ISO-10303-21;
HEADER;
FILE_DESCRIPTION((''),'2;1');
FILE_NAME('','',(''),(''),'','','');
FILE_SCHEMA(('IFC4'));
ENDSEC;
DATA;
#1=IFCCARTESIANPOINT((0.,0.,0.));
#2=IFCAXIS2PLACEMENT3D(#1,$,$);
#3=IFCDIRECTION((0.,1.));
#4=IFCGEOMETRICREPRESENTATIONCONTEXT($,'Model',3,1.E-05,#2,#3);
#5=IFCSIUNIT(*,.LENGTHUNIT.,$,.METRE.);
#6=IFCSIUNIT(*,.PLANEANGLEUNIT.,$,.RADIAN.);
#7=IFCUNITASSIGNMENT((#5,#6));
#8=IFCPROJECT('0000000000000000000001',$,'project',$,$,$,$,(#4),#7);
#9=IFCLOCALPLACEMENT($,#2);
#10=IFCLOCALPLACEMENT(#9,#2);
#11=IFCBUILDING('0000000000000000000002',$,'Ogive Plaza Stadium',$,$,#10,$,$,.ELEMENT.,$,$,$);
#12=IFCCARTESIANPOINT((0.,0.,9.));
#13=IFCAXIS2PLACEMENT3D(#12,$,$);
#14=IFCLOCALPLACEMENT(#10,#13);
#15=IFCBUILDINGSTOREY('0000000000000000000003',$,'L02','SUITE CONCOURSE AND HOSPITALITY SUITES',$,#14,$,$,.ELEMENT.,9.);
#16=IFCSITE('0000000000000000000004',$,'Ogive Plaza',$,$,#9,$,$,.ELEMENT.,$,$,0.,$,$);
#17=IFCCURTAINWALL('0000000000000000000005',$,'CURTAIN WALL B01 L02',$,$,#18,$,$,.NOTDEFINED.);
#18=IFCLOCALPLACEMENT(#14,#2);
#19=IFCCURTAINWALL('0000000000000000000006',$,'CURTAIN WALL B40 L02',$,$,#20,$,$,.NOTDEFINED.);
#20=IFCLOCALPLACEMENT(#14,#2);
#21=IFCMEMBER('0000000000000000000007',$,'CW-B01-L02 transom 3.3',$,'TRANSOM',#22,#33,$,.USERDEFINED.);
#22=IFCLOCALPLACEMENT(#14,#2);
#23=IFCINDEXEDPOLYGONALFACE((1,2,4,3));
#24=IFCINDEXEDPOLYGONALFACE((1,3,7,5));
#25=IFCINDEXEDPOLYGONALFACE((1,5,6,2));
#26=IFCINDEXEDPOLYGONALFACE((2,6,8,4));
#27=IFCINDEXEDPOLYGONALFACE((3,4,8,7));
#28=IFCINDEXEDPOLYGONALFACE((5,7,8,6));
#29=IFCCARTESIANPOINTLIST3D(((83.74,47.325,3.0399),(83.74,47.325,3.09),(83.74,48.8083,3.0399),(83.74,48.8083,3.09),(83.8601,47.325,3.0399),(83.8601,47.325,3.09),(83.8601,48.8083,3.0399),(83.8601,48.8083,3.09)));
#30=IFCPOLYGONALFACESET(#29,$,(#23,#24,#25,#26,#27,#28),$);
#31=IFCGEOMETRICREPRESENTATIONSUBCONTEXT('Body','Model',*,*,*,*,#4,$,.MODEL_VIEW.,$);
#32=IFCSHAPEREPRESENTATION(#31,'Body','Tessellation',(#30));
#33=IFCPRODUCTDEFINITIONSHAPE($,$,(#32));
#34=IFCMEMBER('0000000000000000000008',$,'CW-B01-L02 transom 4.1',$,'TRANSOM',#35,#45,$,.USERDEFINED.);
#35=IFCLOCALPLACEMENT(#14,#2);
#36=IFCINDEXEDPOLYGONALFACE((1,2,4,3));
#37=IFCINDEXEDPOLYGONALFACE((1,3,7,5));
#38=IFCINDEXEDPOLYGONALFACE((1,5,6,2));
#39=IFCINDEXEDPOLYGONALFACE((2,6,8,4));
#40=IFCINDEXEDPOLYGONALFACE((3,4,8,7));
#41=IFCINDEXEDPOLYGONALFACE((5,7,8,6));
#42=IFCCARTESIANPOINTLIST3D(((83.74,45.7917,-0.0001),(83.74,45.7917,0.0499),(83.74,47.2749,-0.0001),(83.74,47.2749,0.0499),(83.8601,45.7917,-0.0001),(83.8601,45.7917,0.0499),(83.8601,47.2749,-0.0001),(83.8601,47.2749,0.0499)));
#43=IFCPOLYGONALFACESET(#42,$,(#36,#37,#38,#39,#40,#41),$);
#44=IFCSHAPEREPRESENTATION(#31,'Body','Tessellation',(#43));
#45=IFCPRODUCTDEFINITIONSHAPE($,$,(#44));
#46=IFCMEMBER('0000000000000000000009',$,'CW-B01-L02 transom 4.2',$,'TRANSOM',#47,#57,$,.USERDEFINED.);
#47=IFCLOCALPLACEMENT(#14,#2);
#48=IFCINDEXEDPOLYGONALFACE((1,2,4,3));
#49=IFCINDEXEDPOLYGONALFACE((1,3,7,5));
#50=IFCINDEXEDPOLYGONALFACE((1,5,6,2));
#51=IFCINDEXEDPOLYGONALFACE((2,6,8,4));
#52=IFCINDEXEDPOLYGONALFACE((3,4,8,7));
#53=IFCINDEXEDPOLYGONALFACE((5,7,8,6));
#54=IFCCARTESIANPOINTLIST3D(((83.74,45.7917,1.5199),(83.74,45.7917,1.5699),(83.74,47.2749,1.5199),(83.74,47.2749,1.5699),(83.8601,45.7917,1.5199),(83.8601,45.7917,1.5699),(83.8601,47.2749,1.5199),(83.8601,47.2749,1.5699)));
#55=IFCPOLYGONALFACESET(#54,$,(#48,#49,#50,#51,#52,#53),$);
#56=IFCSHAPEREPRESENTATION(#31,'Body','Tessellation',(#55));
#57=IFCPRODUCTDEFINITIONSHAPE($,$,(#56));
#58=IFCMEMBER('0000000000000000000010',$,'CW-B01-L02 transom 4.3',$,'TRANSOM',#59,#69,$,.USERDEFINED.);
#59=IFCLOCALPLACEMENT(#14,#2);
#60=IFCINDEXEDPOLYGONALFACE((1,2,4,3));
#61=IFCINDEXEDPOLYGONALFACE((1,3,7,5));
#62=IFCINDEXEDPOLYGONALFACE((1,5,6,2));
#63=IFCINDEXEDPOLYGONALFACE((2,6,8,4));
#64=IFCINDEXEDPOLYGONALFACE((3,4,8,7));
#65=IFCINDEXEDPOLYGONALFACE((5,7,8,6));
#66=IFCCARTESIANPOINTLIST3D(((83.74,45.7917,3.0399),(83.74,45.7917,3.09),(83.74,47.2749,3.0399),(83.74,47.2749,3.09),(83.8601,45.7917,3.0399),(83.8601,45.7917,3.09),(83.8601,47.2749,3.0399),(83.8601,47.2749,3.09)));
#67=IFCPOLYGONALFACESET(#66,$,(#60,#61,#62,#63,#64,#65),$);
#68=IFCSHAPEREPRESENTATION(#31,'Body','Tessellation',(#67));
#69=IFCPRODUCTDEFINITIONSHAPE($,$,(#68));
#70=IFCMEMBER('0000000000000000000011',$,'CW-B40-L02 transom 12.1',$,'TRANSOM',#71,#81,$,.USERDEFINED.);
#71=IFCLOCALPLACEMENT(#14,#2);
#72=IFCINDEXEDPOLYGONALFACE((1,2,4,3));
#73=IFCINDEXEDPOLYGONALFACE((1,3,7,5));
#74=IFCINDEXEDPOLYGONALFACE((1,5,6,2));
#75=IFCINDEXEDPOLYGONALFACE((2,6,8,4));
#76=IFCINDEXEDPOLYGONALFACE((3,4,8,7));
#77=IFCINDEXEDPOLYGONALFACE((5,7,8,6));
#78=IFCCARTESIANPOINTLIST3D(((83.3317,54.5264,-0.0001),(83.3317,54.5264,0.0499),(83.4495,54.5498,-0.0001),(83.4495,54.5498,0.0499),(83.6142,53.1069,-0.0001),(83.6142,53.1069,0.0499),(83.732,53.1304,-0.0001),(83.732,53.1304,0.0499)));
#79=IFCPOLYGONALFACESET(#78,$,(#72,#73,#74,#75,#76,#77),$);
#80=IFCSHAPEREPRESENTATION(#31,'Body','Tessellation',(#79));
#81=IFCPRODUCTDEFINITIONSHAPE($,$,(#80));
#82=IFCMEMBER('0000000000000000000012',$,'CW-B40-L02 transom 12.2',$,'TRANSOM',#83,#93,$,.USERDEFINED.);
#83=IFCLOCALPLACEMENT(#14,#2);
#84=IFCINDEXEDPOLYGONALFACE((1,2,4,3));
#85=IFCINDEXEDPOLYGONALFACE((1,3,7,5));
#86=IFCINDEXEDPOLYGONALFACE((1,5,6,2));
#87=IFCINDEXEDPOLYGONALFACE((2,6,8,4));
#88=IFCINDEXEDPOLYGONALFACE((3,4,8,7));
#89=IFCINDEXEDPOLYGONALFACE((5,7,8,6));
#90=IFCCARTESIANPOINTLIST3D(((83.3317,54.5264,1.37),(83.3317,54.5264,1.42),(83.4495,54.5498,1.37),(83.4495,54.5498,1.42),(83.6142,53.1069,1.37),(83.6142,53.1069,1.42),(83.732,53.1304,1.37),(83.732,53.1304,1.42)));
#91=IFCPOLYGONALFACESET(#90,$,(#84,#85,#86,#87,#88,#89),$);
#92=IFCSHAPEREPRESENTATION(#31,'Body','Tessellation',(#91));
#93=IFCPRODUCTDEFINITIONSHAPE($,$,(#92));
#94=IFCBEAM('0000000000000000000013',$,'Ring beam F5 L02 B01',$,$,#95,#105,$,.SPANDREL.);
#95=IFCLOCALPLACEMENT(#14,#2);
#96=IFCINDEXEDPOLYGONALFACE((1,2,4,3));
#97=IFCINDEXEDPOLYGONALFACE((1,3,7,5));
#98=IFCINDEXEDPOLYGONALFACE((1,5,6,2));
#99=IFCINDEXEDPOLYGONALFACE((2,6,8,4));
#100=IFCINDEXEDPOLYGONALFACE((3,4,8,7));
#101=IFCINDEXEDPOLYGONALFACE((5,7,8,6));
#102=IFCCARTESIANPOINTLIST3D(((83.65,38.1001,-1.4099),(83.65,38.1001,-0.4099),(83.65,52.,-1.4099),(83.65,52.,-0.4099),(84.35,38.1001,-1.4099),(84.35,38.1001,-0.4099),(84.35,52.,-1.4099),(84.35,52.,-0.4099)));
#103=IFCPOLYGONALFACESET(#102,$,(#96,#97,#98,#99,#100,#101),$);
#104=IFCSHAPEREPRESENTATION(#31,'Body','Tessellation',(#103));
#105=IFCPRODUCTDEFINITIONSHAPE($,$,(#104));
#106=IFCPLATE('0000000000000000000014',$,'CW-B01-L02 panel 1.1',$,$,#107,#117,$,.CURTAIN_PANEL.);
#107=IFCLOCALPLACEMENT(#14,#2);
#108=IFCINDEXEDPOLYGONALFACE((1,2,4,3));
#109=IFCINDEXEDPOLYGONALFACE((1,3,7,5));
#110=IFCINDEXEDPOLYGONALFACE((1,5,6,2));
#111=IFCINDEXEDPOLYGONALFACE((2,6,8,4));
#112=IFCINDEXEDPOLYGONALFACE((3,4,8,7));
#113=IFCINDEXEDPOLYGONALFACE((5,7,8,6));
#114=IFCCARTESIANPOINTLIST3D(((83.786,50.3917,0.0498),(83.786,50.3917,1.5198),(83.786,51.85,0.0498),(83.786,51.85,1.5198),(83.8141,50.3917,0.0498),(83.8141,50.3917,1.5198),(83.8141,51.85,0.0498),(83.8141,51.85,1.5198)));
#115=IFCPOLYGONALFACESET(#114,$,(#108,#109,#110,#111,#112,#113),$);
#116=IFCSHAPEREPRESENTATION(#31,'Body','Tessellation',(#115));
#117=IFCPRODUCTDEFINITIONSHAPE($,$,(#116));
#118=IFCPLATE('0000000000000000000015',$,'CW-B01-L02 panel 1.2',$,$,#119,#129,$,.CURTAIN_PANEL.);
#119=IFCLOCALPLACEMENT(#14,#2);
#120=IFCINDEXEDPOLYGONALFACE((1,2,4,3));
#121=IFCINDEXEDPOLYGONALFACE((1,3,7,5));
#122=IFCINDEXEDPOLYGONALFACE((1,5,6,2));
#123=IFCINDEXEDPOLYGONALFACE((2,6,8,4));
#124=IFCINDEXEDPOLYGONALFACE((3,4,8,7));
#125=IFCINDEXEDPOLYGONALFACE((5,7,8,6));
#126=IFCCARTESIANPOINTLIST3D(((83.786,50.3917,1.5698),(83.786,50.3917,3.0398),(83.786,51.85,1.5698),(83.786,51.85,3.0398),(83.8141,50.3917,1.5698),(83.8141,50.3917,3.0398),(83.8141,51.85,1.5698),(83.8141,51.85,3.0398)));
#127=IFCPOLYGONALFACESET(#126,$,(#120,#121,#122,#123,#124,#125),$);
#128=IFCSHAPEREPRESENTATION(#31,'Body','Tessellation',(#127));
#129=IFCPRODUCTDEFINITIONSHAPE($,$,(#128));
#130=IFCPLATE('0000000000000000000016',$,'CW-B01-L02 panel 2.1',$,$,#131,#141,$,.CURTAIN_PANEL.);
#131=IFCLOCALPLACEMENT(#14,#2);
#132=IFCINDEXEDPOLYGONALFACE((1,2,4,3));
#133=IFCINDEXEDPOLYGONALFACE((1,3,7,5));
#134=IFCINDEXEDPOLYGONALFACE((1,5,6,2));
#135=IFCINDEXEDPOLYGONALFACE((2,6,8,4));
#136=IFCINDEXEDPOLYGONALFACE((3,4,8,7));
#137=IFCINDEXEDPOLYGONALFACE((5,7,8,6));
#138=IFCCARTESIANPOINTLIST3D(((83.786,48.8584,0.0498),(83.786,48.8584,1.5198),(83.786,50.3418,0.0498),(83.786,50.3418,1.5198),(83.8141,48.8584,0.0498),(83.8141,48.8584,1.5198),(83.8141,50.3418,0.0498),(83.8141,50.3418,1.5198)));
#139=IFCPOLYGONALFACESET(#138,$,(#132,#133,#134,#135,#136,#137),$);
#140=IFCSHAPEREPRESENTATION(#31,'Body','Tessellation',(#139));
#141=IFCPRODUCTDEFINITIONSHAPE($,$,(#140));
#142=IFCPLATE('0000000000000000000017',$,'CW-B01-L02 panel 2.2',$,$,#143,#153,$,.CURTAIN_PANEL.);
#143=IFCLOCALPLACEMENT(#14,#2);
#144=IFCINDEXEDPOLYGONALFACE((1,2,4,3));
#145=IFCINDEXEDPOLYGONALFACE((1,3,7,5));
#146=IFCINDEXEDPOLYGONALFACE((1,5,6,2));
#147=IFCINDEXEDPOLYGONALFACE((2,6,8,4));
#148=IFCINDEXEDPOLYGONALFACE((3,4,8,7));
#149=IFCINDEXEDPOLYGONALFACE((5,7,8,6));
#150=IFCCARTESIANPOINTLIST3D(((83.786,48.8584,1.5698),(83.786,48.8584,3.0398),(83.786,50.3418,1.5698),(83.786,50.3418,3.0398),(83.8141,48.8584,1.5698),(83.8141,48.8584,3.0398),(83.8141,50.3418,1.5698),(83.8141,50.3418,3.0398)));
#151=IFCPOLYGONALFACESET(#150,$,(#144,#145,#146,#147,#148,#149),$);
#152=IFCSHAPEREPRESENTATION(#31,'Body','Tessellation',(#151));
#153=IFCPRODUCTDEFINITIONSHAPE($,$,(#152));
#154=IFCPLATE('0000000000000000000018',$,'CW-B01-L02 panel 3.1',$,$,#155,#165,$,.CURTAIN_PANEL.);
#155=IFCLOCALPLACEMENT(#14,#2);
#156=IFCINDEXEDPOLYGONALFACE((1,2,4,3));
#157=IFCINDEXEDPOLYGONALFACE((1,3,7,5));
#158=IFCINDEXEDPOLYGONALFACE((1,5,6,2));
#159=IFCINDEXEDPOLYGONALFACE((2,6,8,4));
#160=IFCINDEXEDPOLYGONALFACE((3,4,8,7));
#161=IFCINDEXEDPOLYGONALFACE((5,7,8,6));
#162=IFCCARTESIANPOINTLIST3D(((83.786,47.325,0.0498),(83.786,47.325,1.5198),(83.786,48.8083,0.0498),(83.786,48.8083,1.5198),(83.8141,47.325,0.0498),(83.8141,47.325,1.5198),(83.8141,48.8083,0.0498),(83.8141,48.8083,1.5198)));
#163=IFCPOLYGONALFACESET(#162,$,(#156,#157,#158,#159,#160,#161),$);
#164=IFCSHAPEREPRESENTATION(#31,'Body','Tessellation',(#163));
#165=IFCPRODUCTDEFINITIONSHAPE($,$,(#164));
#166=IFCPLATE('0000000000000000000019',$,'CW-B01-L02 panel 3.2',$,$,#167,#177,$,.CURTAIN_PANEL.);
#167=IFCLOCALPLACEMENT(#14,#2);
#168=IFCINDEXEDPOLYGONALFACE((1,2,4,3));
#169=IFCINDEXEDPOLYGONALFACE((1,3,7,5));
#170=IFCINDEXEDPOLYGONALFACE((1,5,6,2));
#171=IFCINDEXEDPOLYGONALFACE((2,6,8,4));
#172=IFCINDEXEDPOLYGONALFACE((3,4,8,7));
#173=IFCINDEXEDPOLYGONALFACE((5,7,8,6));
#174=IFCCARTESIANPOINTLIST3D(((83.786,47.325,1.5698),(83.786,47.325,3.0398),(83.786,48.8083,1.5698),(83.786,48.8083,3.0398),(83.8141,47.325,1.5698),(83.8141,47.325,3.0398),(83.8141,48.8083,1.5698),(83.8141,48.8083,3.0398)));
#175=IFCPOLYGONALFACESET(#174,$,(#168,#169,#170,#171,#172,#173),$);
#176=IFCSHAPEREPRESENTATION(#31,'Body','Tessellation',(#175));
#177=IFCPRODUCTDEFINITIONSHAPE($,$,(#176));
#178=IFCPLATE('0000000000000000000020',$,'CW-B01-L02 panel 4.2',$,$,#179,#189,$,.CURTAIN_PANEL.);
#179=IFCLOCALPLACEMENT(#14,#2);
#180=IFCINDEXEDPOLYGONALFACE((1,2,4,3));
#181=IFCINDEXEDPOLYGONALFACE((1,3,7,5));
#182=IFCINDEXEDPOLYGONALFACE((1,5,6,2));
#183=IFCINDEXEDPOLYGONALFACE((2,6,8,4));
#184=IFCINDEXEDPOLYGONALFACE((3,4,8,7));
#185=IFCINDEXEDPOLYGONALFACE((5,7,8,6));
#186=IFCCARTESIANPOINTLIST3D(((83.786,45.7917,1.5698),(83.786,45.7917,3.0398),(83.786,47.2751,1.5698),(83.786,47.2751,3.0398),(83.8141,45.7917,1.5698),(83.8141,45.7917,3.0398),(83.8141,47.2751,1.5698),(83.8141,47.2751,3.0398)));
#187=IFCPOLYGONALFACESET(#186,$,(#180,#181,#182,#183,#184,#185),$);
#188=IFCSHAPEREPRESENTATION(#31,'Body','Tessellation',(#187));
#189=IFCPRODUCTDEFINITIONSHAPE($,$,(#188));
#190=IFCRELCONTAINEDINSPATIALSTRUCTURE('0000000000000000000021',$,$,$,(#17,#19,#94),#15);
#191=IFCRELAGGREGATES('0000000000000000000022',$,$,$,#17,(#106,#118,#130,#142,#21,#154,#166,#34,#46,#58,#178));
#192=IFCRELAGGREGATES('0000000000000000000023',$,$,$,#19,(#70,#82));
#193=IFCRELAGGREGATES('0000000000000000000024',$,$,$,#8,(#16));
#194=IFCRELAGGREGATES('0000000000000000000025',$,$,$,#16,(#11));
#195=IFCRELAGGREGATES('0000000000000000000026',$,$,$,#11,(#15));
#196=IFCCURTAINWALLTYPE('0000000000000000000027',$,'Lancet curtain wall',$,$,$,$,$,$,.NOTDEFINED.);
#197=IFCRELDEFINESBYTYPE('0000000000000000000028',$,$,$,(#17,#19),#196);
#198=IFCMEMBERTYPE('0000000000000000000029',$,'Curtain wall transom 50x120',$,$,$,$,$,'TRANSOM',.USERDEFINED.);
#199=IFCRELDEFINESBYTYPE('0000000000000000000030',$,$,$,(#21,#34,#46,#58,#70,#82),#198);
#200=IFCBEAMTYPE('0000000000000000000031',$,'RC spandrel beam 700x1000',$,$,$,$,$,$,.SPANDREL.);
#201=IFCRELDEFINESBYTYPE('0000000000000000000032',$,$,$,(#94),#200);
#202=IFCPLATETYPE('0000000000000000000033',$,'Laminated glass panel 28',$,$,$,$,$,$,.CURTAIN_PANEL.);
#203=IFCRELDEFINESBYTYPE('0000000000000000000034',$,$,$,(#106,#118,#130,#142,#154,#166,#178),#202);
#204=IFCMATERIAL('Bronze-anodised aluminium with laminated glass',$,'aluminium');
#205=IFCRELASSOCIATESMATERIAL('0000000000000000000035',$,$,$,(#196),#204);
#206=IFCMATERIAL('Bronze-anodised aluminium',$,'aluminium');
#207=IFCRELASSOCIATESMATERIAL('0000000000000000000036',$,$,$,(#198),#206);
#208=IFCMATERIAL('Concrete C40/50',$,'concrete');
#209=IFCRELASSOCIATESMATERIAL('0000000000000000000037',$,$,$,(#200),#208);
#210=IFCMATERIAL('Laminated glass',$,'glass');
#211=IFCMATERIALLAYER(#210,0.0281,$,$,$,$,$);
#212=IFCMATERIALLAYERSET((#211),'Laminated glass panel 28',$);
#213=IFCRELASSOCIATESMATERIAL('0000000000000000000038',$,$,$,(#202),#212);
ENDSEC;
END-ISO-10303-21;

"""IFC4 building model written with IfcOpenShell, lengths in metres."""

from ifc_helpers import new_model, si_unit, direction, frame, origin, origin_2d, place, context, subcontext, project, spatial, rectangle, extrude, material, layer, layer_set, material_profile, profile_set, type_object, element, aggregate, save


model = new_model("IFC4")

# Units and contexts
model_context = context("Model", 3, precision=1e-05, world=origin(), true_north=direction((0.0, 1.0)))
body_context = subcontext(model_context, "Body", "Model", "MODEL_VIEW")
ifc_project = project(units=[si_unit("LENGTHUNIT", "METRE"), si_unit("PLANEANGLEUNIT", "RADIAN")], contexts=[model_context])

# Site, building, storey
site_placement = place(None, origin())
site = spatial("IfcSite", under=ifc_project, at=site_placement, Name="Ogive Plaza", CompositionType="ELEMENT", RefElevation=0.0)
building_placement = place(site_placement, origin())
building = spatial("IfcBuilding", under=site, at=building_placement, Name="Ogive Plaza Stadium", CompositionType="ELEMENT")
storey_placement = place(building_placement, frame((0.0, 0.0, 9.0)))
storey = spatial("IfcBuildingStorey", under=building, at=storey_placement, Name="L02", Description="SUITE CONCOURSE AND HOSPITALITY SUITES", CompositionType="ELEMENT", Elevation=9.0)

# Curtain wall
ifc_material_1 = material(Name="Bronze-anodised aluminium with laminated glass", Category="aluminium")
curtain_wall_type = type_object("IfcCurtainWallType", Name="Lancet curtain wall", PredefinedType="NOTDEFINED", material=ifc_material_1)
curtain_wall_1_placement = place(storey_placement, origin())
curtain_wall_1 = element("IfcCurtainWall", 1, at=curtain_wall_1_placement, inside=storey, type_object=curtain_wall_type, Name="CURTAIN WALL B01 L02", PredefinedType="NOTDEFINED")

# Curtain wall
curtain_wall_2_placement = place(storey_placement, origin())
curtain_wall_2 = element("IfcCurtainWall", 2, at=curtain_wall_2_placement, inside=storey, type_object=curtain_wall_type, Name="CURTAIN WALL B40 L02", PredefinedType="NOTDEFINED")

# Members
ifc_material_2 = material(Name="Bronze-anodised aluminium", Category="aluminium")
ifc_material_profile_1 = material_profile(ifc_material_2, rectangle(XDim=0.1201, YDim=0.05, at=origin_2d()), Name="AL 120x50")
ifc_profile_set_1 = profile_set([ifc_material_profile_1], Name="Bronze-anodised aluminium")
member_type_1 = type_object("IfcMemberType", Name="Curtain wall transom 50x120", ElementType="TRANSOM", PredefinedType="USERDEFINED", material=ifc_profile_set_1)
member_1_placement = place(storey_placement, frame((83.8, 48.8083, 3.0649), z_axis=(0.0, -1.0, 0.0), x_axis=(1.0, 0.0, 0.0)))
member_1 = element("IfcMember", 3, at=member_1_placement, type_object=member_type_1, Name="CW-B01-L02 transom 3.3", ObjectType="TRANSOM", PredefinedType="USERDEFINED", context=body_context, shape_type="SweptSolid", body=[
    extrude(rectangle(XDim=0.1201, YDim=0.05, at=origin_2d()), origin(), (0.0, 0.0, 1.0), 1.4834),
])
member_2_placement = place(storey_placement, frame((83.8, 47.2749, 0.0249), z_axis=(0.0, -1.0, 0.0), x_axis=(1.0, 0.0, 0.0)))
member_2 = element("IfcMember", 4, at=member_2_placement, type_object=member_type_1, Name="CW-B01-L02 transom 4.1", ObjectType="TRANSOM", PredefinedType="USERDEFINED", context=body_context, shape_type="SweptSolid", body=[
    extrude(rectangle(XDim=0.1201, YDim=0.05, at=origin_2d()), origin(), (0.0, 0.0, 1.0), 1.4832),
])
member_3_placement = place(storey_placement, frame((83.8, 47.2749, 1.5449), z_axis=(0.0, -1.0, 0.0), x_axis=(1.0, 0.0, 0.0)))
member_3 = element("IfcMember", 5, at=member_3_placement, type_object=member_type_1, Name="CW-B01-L02 transom 4.2", ObjectType="TRANSOM", PredefinedType="USERDEFINED", context=body_context, shape_type="SweptSolid", body=[
    extrude(rectangle(XDim=0.1201, YDim=0.05, at=origin_2d()), origin(), (0.0, 0.0, 1.0), 1.4832),
])
member_4_placement = place(storey_placement, frame((83.8, 47.2749, 3.0649), z_axis=(0.0, -1.0, 0.0), x_axis=(1.0, 0.0, 0.0)))
member_4 = element("IfcMember", 6, at=member_4_placement, type_object=member_type_1, Name="CW-B01-L02 transom 4.3", ObjectType="TRANSOM", PredefinedType="USERDEFINED", context=body_context, shape_type="SweptSolid", body=[
    extrude(rectangle(XDim=0.1201, YDim=0.05, at=origin_2d()), origin(), (0.0, 0.0, 1.0), 1.4832),
])
member_5_placement = place(storey_placement, frame((83.3906, 54.5381, 0.0249), z_axis=(0.195175, -0.980768, 0.0), x_axis=(0.980768, 0.195175, 0.0)))
member_5 = element("IfcMember", 7, at=member_5_placement, type_object=member_type_1, Name="CW-B40-L02 transom 12.1", ObjectType="TRANSOM", PredefinedType="USERDEFINED", context=body_context, shape_type="SweptSolid", body=[
    extrude(rectangle(XDim=0.1201, YDim=0.05, at=origin_2d()), origin(), (0.0, 0.0, 1.0), 1.4473),
])
member_6_placement = place(storey_placement, frame((83.3906, 54.5381, 1.395), z_axis=(0.195175, -0.980768, 0.0), x_axis=(0.980768, 0.195175, 0.0)))
member_6 = element("IfcMember", 8, at=member_6_placement, type_object=member_type_1, Name="CW-B40-L02 transom 12.2", ObjectType="TRANSOM", PredefinedType="USERDEFINED", context=body_context, shape_type="SweptSolid", body=[
    extrude(rectangle(XDim=0.1201, YDim=0.05, at=origin_2d()), origin(), (0.0, 0.0, 1.0), 1.4473),
])

# Beam
ifc_material_3 = material(Name="Concrete C40/50", Category="concrete")
ifc_material_profile_2 = material_profile(ifc_material_3, rectangle(XDim=0.7, YDim=1.0, at=origin_2d()), Name="RC 700x1000")
ifc_profile_set_2 = profile_set([ifc_material_profile_2], Name="Concrete C40/50")
beam_type = type_object("IfcBeamType", Name="RC spandrel beam 700x1000", PredefinedType="SPANDREL", material=ifc_profile_set_2)
beam_placement = place(storey_placement, frame((84.0, 52.0, -0.9099), z_axis=(0.0, -1.0, 0.0), x_axis=(1.0, 0.0, 0.0)))
element("IfcBeam", 9, at=beam_placement, inside=storey, type_object=beam_type, Name="Ring beam F5 L02 B01", PredefinedType="SPANDREL", context=body_context, shape_type="SweptSolid", body=[
    extrude(rectangle(XDim=0.7, YDim=1.0, at=origin_2d()), origin(), (0.0, 0.0, 1.0), 13.8999),
])

# Plates
ifc_material_4 = material(Name="Laminated glass", Category="glass")
ifc_layer = layer(ifc_material_4, 0.0281)
ifc_layer_set = layer_set([ifc_layer], Name="Laminated glass panel 28")
plate_type = type_object("IfcPlateType", Name="Laminated glass panel 28", PredefinedType="CURTAIN_PANEL", material=ifc_layer_set)
plate_1_placement = place(storey_placement, frame((83.8, 51.1208, 0.0498), z_axis=(0.0, 0.0, 1.0), x_axis=(0.0, -1.0, 0.0)))
plate_1 = element("IfcPlate", 10, at=plate_1_placement, type_object=plate_type, Name="CW-B01-L02 panel 1.1", PredefinedType="CURTAIN_PANEL", context=body_context, shape_type="SweptSolid", body=[
    extrude(rectangle(XDim=1.4583, YDim=0.0281, at=origin_2d()), origin(), (0.0, 0.0, 1.0), 1.47),
])
plate_2_placement = place(storey_placement, frame((83.8, 51.1208, 1.5698), z_axis=(0.0, 0.0, 1.0), x_axis=(0.0, -1.0, 0.0)))
plate_2 = element("IfcPlate", 11, at=plate_2_placement, type_object=plate_type, Name="CW-B01-L02 panel 1.2", PredefinedType="CURTAIN_PANEL", context=body_context, shape_type="SweptSolid", body=[
    extrude(rectangle(XDim=1.4583, YDim=0.0281, at=origin_2d()), origin(), (0.0, 0.0, 1.0), 1.47),
])
plate_3_placement = place(storey_placement, frame((83.8, 49.6001, 0.0498), z_axis=(0.0, 0.0, 1.0), x_axis=(0.0, -1.0, 0.0)))
plate_3 = element("IfcPlate", 12, at=plate_3_placement, type_object=plate_type, Name="CW-B01-L02 panel 2.1", PredefinedType="CURTAIN_PANEL", context=body_context, shape_type="SweptSolid", body=[
    extrude(rectangle(XDim=1.4834, YDim=0.0281, at=origin_2d()), origin(), (0.0, 0.0, 1.0), 1.47),
])
plate_4_placement = place(storey_placement, frame((83.8, 49.6001, 1.5698), z_axis=(0.0, 0.0, 1.0), x_axis=(0.0, -1.0, 0.0)))
plate_4 = element("IfcPlate", 13, at=plate_4_placement, type_object=plate_type, Name="CW-B01-L02 panel 2.2", PredefinedType="CURTAIN_PANEL", context=body_context, shape_type="SweptSolid", body=[
    extrude(rectangle(XDim=1.4834, YDim=0.0281, at=origin_2d()), origin(), (0.0, 0.0, 1.0), 1.47),
])
plate_5_placement = place(storey_placement, frame((83.8, 48.0667, 0.0498), z_axis=(0.0, 0.0, 1.0), x_axis=(0.0, -1.0, 0.0)))
plate_5 = element("IfcPlate", 14, at=plate_5_placement, type_object=plate_type, Name="CW-B01-L02 panel 3.1", PredefinedType="CURTAIN_PANEL", context=body_context, shape_type="SweptSolid", body=[
    extrude(rectangle(XDim=1.4834, YDim=0.0281, at=origin_2d()), origin(), (0.0, 0.0, 1.0), 1.47),
])
plate_6_placement = place(storey_placement, frame((83.8, 48.0667, 1.5698), z_axis=(0.0, 0.0, 1.0), x_axis=(0.0, -1.0, 0.0)))
plate_6 = element("IfcPlate", 15, at=plate_6_placement, type_object=plate_type, Name="CW-B01-L02 panel 3.2", PredefinedType="CURTAIN_PANEL", context=body_context, shape_type="SweptSolid", body=[
    extrude(rectangle(XDim=1.4834, YDim=0.0281, at=origin_2d()), origin(), (0.0, 0.0, 1.0), 1.47),
])
plate_7_placement = place(storey_placement, frame((83.8, 46.5334, 1.5698), z_axis=(0.0, 0.0, 1.0), x_axis=(0.0, -1.0, 0.0)))
plate_7 = element("IfcPlate", 16, at=plate_7_placement, type_object=plate_type, Name="CW-B01-L02 panel 4.2", PredefinedType="CURTAIN_PANEL", context=body_context, shape_type="SweptSolid", body=[
    extrude(rectangle(XDim=1.4834, YDim=0.0281, at=origin_2d()), origin(), (0.0, 0.0, 1.0), 1.47),
])
aggregate(curtain_wall_1, [plate_1, plate_2, plate_3, plate_4, member_1, plate_5, plate_6, member_2, member_3, member_4, plate_7])
aggregate(curtain_wall_2, [member_5, member_6])

save(model, "model.ifc")
